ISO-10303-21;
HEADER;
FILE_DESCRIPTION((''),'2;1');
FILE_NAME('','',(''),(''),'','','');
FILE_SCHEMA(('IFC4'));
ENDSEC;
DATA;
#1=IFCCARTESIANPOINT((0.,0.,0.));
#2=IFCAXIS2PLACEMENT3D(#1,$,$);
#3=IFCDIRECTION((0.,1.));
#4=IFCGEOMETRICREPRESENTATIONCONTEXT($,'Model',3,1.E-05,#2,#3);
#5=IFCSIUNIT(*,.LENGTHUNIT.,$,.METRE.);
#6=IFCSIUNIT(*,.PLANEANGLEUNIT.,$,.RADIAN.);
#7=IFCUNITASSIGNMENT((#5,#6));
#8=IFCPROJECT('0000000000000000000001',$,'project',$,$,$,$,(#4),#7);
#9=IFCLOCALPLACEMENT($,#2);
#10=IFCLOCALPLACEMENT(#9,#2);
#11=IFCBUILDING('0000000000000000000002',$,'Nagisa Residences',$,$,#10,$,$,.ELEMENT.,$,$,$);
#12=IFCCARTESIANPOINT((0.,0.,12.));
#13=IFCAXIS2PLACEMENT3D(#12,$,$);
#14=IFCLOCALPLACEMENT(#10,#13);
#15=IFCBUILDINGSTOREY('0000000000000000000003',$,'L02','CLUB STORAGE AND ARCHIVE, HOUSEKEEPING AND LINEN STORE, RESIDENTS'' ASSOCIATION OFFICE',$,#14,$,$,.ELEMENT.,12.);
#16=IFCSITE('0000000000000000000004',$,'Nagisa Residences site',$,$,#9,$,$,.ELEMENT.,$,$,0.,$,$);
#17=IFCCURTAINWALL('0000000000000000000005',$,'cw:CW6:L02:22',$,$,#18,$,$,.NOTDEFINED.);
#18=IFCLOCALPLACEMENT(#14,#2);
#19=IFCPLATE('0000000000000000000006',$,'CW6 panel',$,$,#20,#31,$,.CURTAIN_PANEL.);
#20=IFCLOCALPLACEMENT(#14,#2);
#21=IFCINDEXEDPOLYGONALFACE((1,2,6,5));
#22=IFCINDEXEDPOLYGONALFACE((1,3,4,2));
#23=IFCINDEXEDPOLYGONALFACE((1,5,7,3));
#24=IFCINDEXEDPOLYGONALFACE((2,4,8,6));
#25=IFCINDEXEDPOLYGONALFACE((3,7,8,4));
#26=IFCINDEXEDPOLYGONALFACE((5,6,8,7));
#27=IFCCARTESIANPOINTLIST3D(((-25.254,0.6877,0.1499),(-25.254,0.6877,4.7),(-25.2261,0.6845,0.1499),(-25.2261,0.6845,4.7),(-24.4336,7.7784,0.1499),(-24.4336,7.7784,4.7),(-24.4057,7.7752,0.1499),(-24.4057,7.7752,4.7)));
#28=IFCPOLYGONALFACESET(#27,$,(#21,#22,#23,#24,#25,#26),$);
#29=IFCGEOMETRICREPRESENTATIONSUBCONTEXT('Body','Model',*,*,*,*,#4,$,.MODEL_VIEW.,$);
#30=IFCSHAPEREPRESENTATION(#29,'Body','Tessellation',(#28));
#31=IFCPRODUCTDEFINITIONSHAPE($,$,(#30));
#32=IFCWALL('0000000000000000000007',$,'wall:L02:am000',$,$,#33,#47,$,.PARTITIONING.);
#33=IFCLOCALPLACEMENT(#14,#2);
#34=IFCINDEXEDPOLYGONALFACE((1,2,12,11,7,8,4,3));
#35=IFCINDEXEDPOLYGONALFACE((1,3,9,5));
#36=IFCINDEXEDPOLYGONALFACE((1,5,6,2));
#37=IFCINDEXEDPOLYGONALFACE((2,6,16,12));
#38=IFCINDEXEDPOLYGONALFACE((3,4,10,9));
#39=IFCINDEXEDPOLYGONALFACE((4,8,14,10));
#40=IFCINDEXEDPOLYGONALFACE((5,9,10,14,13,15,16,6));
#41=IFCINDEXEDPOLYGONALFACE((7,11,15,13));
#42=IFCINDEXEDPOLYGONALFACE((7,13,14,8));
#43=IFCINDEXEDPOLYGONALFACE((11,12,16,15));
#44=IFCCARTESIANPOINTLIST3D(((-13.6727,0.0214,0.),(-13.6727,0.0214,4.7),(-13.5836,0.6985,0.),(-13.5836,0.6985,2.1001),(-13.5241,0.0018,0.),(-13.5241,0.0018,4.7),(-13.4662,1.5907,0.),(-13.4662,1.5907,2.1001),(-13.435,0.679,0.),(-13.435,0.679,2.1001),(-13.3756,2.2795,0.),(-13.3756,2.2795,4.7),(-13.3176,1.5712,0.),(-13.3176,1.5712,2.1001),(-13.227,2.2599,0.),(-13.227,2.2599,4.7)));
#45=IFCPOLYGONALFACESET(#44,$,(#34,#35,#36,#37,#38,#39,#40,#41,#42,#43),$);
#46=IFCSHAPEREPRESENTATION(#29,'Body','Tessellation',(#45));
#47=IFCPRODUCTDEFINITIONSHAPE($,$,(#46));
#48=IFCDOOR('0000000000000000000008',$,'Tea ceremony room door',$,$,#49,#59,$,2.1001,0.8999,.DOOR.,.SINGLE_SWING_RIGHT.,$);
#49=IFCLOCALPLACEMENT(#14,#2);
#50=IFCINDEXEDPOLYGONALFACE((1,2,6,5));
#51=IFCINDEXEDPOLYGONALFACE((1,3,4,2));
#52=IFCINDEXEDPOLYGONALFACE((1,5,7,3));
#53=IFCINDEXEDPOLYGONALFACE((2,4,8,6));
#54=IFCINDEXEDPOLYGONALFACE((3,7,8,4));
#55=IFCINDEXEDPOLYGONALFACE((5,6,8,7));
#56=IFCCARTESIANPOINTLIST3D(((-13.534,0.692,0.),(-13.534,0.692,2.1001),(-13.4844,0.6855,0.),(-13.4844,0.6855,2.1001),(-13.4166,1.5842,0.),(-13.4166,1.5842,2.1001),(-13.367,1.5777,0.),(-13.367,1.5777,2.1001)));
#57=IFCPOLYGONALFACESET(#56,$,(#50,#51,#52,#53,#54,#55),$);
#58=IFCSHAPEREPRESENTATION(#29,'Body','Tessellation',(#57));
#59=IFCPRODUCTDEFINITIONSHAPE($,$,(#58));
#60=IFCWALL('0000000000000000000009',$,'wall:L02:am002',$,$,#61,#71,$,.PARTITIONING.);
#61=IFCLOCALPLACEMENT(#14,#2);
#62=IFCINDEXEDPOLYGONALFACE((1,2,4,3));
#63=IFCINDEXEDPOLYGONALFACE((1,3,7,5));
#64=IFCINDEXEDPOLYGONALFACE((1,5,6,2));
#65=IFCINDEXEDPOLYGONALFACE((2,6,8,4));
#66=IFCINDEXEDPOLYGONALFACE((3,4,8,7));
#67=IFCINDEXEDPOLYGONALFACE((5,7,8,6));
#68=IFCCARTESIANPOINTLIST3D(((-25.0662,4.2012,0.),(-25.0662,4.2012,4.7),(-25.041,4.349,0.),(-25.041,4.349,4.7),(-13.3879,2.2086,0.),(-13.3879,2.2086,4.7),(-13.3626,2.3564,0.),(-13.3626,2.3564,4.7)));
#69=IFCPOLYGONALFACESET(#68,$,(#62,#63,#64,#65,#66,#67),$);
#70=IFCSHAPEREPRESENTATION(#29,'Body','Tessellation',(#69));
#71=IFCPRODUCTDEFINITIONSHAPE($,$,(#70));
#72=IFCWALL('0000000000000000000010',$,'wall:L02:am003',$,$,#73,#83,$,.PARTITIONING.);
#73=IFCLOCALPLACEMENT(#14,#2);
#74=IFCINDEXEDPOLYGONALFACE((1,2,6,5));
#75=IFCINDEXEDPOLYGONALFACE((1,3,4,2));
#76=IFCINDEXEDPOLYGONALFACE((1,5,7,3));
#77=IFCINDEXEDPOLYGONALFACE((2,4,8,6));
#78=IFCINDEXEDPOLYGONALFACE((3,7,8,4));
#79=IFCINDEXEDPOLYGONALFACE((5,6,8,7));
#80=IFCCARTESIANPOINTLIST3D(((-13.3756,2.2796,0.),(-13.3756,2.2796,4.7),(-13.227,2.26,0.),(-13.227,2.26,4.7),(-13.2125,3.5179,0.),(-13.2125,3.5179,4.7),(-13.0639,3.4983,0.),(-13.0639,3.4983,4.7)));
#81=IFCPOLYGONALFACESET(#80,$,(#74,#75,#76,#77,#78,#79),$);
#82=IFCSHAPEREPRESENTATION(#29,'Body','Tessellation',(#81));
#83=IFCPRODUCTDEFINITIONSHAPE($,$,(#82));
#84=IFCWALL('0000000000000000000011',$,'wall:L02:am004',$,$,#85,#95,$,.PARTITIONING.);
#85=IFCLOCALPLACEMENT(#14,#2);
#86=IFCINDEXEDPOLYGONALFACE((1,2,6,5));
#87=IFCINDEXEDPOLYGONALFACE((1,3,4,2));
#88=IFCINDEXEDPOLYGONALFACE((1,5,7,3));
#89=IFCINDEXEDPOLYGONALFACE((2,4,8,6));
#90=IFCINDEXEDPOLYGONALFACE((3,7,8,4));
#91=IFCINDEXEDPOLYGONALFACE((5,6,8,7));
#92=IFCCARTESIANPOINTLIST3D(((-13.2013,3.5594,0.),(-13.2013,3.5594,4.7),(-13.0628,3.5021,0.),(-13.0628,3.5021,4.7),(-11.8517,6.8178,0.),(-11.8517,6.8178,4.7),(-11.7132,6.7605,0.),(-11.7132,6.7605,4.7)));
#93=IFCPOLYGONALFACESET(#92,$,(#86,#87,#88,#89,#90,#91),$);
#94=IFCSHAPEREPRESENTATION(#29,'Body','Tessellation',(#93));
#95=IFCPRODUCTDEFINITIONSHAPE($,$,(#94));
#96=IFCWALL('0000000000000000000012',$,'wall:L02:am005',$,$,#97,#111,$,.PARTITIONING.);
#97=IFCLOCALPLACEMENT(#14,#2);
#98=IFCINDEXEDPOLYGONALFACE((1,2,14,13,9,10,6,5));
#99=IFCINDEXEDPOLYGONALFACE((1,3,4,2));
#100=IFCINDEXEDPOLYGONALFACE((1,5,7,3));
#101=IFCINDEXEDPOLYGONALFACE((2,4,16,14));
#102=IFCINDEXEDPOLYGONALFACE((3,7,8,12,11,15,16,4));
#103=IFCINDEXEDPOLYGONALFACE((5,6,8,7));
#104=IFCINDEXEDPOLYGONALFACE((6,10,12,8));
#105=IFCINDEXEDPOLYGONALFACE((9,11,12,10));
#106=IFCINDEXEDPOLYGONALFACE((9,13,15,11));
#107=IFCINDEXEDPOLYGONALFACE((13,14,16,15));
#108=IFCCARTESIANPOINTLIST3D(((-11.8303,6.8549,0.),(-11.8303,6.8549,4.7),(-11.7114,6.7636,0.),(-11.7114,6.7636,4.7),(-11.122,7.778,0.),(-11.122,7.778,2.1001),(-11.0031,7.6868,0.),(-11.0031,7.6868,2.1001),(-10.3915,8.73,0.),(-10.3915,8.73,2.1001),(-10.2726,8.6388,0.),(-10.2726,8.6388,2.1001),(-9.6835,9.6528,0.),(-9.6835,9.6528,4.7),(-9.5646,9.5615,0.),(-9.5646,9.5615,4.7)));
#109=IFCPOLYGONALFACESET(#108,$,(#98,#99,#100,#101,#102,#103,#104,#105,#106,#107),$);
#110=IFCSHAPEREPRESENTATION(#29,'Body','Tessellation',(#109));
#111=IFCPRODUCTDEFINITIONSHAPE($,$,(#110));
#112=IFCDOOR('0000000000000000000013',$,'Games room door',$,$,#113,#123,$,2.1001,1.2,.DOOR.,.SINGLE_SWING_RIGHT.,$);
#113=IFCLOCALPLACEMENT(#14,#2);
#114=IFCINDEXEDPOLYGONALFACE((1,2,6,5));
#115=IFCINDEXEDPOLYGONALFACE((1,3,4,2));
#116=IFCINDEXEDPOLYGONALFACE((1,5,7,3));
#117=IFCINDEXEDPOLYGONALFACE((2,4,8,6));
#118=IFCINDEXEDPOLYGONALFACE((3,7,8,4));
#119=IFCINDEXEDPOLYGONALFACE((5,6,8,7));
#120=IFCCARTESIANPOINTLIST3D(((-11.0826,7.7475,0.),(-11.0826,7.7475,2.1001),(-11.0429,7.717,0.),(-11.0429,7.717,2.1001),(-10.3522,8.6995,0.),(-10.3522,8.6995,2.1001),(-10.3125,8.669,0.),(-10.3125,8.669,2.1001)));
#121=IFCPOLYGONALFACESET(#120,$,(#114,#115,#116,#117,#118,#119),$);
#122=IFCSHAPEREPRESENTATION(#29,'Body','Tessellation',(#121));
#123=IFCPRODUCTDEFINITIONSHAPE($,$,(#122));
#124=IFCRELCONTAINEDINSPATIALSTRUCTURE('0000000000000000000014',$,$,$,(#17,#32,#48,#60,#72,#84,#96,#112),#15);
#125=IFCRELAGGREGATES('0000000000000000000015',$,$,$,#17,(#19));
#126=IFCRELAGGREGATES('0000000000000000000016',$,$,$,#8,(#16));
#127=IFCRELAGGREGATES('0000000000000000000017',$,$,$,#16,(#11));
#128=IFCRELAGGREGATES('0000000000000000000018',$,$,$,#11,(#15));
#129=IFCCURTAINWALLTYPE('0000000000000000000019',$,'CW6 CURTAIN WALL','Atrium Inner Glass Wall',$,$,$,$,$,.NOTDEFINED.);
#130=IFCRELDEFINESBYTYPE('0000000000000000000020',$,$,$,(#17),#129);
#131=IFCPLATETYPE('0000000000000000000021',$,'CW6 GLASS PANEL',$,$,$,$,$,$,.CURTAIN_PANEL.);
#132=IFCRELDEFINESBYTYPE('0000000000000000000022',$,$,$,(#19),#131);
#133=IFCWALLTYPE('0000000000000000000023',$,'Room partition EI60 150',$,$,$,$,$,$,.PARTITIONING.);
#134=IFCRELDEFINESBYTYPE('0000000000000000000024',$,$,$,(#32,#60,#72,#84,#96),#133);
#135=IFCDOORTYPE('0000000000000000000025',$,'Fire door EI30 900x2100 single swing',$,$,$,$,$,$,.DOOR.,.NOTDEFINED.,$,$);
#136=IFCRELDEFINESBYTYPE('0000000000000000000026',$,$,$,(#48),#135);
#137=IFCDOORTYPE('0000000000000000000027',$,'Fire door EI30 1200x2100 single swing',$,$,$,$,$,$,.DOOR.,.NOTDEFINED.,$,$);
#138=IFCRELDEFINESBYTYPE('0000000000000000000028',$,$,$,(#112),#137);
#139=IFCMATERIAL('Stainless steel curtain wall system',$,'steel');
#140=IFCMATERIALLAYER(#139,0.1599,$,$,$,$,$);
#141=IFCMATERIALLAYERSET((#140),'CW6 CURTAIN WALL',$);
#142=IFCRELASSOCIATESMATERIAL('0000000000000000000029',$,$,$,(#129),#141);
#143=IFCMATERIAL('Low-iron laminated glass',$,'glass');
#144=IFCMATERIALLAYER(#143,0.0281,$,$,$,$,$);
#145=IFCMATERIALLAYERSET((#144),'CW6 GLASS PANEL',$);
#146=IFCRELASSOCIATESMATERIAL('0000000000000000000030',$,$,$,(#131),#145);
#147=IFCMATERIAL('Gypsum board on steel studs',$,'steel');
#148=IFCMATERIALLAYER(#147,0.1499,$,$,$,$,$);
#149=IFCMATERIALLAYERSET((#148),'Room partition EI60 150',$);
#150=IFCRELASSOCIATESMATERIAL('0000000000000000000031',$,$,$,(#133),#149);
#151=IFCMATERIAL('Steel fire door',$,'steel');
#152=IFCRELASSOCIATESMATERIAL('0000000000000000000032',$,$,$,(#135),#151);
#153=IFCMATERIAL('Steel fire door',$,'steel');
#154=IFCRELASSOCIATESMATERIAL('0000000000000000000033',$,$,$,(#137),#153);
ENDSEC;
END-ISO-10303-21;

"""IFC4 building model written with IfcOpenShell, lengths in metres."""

from ifc_helpers import new_model, si_unit, direction, frame, frame_2d, origin, origin_2d, place, context, subcontext, project, spatial, rectangle, extrude, material, layer, layer_set, type_object, element, fill, aggregate, save


model = new_model("IFC4")

# Units and contexts
model_context = context("Model", 3, precision=1e-05, world=origin(), true_north=direction((0.0, 1.0)))
body_context = subcontext(model_context, "Body", "Model", "MODEL_VIEW")
ifc_project = project(units=[si_unit("LENGTHUNIT", "METRE"), si_unit("PLANEANGLEUNIT", "RADIAN")], contexts=[model_context])

# Site, building, storey
site_placement = place(None, origin())
site = spatial("IfcSite", under=ifc_project, at=site_placement, Name="Nagisa Residences site", CompositionType="ELEMENT", RefElevation=0.0)
building_placement = place(site_placement, origin())
building = spatial("IfcBuilding", under=site, at=building_placement, Name="Nagisa Residences", CompositionType="ELEMENT")
storey_placement = place(building_placement, frame((0.0, 0.0, 12.0)))
storey = spatial("IfcBuildingStorey", under=building, at=storey_placement, Name="L02", Description="CLUB STORAGE AND ARCHIVE, HOUSEKEEPING AND LINEN STORE, RESIDENTS' ASSOCIATION OFFICE", CompositionType="ELEMENT", Elevation=12.0)

# Curtain wall
ifc_material_1 = material(Name="Stainless steel curtain wall system", Category="steel")
ifc_layer_1 = layer(ifc_material_1, 0.1599)
ifc_layer_set_1 = layer_set([ifc_layer_1], Name="CW6 CURTAIN WALL")
curtain_wall_type_1 = type_object("IfcCurtainWallType", Name="CW6 CURTAIN WALL", Description="Atrium Inner Glass Wall", PredefinedType="NOTDEFINED", material=ifc_layer_set_1)
curtain_wall_1_placement = place(storey_placement, origin())
curtain_wall_1 = element("IfcCurtainWall", 1, at=curtain_wall_1_placement, inside=storey, type_object=curtain_wall_type_1, Name="cw:CW6:L02:22", PredefinedType="NOTDEFINED")

# Plate
ifc_material_2 = material(Name="Low-iron laminated glass", Category="glass")
ifc_layer_2 = layer(ifc_material_2, 0.0281)
ifc_layer_set_2 = layer_set([ifc_layer_2], Name="CW6 GLASS PANEL")
plate_type_1 = type_object("IfcPlateType", Name="CW6 GLASS PANEL", PredefinedType="CURTAIN_PANEL", material=ifc_layer_set_2)
plate_1_placement = place(storey_placement, frame((-24.8298, 4.2314, 0.1499), z_axis=(0.0, 0.0, 1.0), x_axis=(-0.114928, -0.993374, 0.0)))
plate_1 = element("IfcPlate", 2, at=plate_1_placement, type_object=plate_type_1, Name="CW6 panel", PredefinedType="CURTAIN_PANEL", context=body_context, shape_type="SweptSolid", body=[
    extrude(rectangle(XDim=7.1379, YDim=0.0281, at=origin_2d()), origin(), (0.0, 0.0, 1.0), 4.55),
])
aggregate(curtain_wall_1, [plate_1])

# Wall, opening, door
ifc_material_3 = material(Name="Gypsum board on steel studs", Category="steel")
ifc_layer_3 = layer(ifc_material_3, 0.1499)
ifc_layer_set_3 = layer_set([ifc_layer_3], Name="Room partition EI60 150")
wall_type = type_object("IfcWallType", Name="Room partition EI60 150", PredefinedType="PARTITIONING", material=ifc_layer_set_3)
wall_1_placement = place(storey_placement, frame((-13.5984, 0.0117, 0.0), z_axis=(0.0, 0.0, 1.0), x_axis=(0.130457, 0.991454, 0.0)))
wall_1 = element("IfcWall", 3, at=wall_1_placement, inside=storey, type_object=wall_type, Name="wall:L02:am000", PredefinedType="PARTITIONING", context=body_context, shape_type="SweptSolid", body=[
    extrude(rectangle(XDim=2.2776, YDim=0.1499, at=frame_2d((1.1387, 0.0))), origin(), (0.0, 0.0, 1.0), 4.7),
])
opening_1_placement = place(wall_1_placement, frame((0.6829, 0.0, 0.0)))
opening_1 = element("IfcOpeningElement", 4, at=opening_1_placement, cuts=wall_1, PredefinedType="OPENING", context=body_context, shape_type="SweptSolid", body=[
    extrude(rectangle(XDim=0.8999, YDim=2.1001, at=frame_2d((0.45, 1.05))), frame((0.0, 0.085, 0.0), z_axis=(0.0, -1.0, 0.0), x_axis=(1.0, 0.0, 0.0)), (0.0, 0.0, 1.0), 0.1699),
])
ifc_material_4 = material(Name="Steel fire door", Category="steel")
door_type_1 = type_object("IfcDoorType", Name="Fire door EI30 900x2100 single swing", OperationType="NOTDEFINED", PredefinedType="DOOR", material=ifc_material_4)
door_1_placement = place(opening_1_placement, origin())
door_1 = element("IfcDoor", 5, at=door_1_placement, inside=storey, type_object=door_type_1, Name="Tea ceremony room door", OperationType="SINGLE_SWING_RIGHT", OverallHeight=2.1001, OverallWidth=0.8999, PredefinedType="DOOR", context=body_context, shape_type="SweptSolid", body=[
    extrude(rectangle(XDim=0.8999, YDim=2.1001, at=frame_2d((0.45, 1.05))), frame((0.0, 0.0249, 0.0), z_axis=(0.0, -1.0, 0.0), x_axis=(1.0, 0.0, 0.0)), (0.0, 0.0, 1.0), 0.05),
])
fill(opening_1, door_1)

# Walls
wall_2_placement = place(storey_placement, frame((-13.3752, 2.2825, 0.0), z_axis=(0.0, 0.0, 1.0), x_axis=(-0.985753, 0.168197, 0.0)))
element("IfcWall", 6, at=wall_2_placement, inside=storey, type_object=wall_type, Name="wall:L02:am002", PredefinedType="PARTITIONING", context=body_context, shape_type="SweptSolid", body=[
    extrude(rectangle(XDim=11.8472, YDim=0.1499, at=frame_2d((5.9236, 0.0))), origin(), (0.0, 0.0, 1.0), 4.7),
])
wall_3_placement = place(storey_placement, frame((-13.3013, 2.2698, 0.0), z_axis=(0.0, 0.0, 1.0), x_axis=(0.130576, 0.991438, 0.0)))
element("IfcWall", 7, at=wall_3_placement, inside=storey, type_object=wall_type, Name="wall:L02:am003", PredefinedType="PARTITIONING", context=body_context, shape_type="SweptSolid", body=[
    extrude(rectangle(XDim=1.249, YDim=0.1499, at=frame_2d((0.6245, 0.0))), origin(), (0.0, 0.0, 1.0), 4.7),
])
wall_4_placement = place(storey_placement, frame((-13.1321, 3.5308, 0.0), z_axis=(0.0, 0.0, 1.0), x_axis=(0.382678, 0.923882, 0.0)))
element("IfcWall", 8, at=wall_4_placement, inside=storey, type_object=wall_type, Name="wall:L02:am004", PredefinedType="PARTITIONING", context=body_context, shape_type="SweptSolid", body=[
    extrude(rectangle(XDim=3.5269, YDim=0.1499, at=frame_2d((1.7634, 0.0))), origin(), (0.0, 0.0, 1.0), 4.7),
])

# Wall, opening, door
wall_5_placement = place(storey_placement, frame((-11.7708, 6.8093, 0.0), z_axis=(0.0, 0.0, 1.0), x_axis=(0.608737, 0.793372, 0.0)))
wall_5 = element("IfcWall", 9, at=wall_5_placement, inside=storey, type_object=wall_type, Name="wall:L02:am005", PredefinedType="PARTITIONING", context=body_context, shape_type="SweptSolid", body=[
    extrude(rectangle(XDim=3.5266, YDim=0.1499, at=frame_2d((1.7632, 0.0))), origin(), (0.0, 0.0, 1.0), 4.7),
])
opening_2_placement = place(wall_5_placement, frame((1.1633, 0.0, 0.0)))
opening_2 = element("IfcOpeningElement", 10, at=opening_2_placement, cuts=wall_5, PredefinedType="OPENING", context=body_context, shape_type="SweptSolid", body=[
    extrude(rectangle(XDim=1.2, YDim=2.1001, at=frame_2d((0.6001, 1.05))), frame((0.0, 0.085, 0.0), z_axis=(0.0, -1.0, 0.0), x_axis=(1.0, 0.0, 0.0)), (0.0, 0.0, 1.0), 0.1699),
])
ifc_material_5 = material(Name="Steel fire door", Category="steel")
door_type_2 = type_object("IfcDoorType", Name="Fire door EI30 1200x2100 single swing", OperationType="NOTDEFINED", PredefinedType="DOOR", material=ifc_material_5)
door_2_placement = place(opening_2_placement, frame((1.2, 0.0, 0.0), x_axis=(-1.0, 0.0, 0.0)))
door_2 = element("IfcDoor", 11, at=door_2_placement, inside=storey, type_object=door_type_2, Name="Games room door", OperationType="SINGLE_SWING_RIGHT", OverallHeight=2.1001, OverallWidth=1.2, PredefinedType="DOOR", context=body_context, shape_type="SweptSolid", body=[
    extrude(rectangle(XDim=1.2, YDim=2.1001, at=frame_2d((0.6001, 1.05))), frame((0.0, 0.0249, 0.0), z_axis=(0.0, -1.0, 0.0), x_axis=(1.0, 0.0, 0.0)), (0.0, 0.0, 1.0), 0.05),
])
fill(opening_2, door_2)

save(model, "model.ifc")
